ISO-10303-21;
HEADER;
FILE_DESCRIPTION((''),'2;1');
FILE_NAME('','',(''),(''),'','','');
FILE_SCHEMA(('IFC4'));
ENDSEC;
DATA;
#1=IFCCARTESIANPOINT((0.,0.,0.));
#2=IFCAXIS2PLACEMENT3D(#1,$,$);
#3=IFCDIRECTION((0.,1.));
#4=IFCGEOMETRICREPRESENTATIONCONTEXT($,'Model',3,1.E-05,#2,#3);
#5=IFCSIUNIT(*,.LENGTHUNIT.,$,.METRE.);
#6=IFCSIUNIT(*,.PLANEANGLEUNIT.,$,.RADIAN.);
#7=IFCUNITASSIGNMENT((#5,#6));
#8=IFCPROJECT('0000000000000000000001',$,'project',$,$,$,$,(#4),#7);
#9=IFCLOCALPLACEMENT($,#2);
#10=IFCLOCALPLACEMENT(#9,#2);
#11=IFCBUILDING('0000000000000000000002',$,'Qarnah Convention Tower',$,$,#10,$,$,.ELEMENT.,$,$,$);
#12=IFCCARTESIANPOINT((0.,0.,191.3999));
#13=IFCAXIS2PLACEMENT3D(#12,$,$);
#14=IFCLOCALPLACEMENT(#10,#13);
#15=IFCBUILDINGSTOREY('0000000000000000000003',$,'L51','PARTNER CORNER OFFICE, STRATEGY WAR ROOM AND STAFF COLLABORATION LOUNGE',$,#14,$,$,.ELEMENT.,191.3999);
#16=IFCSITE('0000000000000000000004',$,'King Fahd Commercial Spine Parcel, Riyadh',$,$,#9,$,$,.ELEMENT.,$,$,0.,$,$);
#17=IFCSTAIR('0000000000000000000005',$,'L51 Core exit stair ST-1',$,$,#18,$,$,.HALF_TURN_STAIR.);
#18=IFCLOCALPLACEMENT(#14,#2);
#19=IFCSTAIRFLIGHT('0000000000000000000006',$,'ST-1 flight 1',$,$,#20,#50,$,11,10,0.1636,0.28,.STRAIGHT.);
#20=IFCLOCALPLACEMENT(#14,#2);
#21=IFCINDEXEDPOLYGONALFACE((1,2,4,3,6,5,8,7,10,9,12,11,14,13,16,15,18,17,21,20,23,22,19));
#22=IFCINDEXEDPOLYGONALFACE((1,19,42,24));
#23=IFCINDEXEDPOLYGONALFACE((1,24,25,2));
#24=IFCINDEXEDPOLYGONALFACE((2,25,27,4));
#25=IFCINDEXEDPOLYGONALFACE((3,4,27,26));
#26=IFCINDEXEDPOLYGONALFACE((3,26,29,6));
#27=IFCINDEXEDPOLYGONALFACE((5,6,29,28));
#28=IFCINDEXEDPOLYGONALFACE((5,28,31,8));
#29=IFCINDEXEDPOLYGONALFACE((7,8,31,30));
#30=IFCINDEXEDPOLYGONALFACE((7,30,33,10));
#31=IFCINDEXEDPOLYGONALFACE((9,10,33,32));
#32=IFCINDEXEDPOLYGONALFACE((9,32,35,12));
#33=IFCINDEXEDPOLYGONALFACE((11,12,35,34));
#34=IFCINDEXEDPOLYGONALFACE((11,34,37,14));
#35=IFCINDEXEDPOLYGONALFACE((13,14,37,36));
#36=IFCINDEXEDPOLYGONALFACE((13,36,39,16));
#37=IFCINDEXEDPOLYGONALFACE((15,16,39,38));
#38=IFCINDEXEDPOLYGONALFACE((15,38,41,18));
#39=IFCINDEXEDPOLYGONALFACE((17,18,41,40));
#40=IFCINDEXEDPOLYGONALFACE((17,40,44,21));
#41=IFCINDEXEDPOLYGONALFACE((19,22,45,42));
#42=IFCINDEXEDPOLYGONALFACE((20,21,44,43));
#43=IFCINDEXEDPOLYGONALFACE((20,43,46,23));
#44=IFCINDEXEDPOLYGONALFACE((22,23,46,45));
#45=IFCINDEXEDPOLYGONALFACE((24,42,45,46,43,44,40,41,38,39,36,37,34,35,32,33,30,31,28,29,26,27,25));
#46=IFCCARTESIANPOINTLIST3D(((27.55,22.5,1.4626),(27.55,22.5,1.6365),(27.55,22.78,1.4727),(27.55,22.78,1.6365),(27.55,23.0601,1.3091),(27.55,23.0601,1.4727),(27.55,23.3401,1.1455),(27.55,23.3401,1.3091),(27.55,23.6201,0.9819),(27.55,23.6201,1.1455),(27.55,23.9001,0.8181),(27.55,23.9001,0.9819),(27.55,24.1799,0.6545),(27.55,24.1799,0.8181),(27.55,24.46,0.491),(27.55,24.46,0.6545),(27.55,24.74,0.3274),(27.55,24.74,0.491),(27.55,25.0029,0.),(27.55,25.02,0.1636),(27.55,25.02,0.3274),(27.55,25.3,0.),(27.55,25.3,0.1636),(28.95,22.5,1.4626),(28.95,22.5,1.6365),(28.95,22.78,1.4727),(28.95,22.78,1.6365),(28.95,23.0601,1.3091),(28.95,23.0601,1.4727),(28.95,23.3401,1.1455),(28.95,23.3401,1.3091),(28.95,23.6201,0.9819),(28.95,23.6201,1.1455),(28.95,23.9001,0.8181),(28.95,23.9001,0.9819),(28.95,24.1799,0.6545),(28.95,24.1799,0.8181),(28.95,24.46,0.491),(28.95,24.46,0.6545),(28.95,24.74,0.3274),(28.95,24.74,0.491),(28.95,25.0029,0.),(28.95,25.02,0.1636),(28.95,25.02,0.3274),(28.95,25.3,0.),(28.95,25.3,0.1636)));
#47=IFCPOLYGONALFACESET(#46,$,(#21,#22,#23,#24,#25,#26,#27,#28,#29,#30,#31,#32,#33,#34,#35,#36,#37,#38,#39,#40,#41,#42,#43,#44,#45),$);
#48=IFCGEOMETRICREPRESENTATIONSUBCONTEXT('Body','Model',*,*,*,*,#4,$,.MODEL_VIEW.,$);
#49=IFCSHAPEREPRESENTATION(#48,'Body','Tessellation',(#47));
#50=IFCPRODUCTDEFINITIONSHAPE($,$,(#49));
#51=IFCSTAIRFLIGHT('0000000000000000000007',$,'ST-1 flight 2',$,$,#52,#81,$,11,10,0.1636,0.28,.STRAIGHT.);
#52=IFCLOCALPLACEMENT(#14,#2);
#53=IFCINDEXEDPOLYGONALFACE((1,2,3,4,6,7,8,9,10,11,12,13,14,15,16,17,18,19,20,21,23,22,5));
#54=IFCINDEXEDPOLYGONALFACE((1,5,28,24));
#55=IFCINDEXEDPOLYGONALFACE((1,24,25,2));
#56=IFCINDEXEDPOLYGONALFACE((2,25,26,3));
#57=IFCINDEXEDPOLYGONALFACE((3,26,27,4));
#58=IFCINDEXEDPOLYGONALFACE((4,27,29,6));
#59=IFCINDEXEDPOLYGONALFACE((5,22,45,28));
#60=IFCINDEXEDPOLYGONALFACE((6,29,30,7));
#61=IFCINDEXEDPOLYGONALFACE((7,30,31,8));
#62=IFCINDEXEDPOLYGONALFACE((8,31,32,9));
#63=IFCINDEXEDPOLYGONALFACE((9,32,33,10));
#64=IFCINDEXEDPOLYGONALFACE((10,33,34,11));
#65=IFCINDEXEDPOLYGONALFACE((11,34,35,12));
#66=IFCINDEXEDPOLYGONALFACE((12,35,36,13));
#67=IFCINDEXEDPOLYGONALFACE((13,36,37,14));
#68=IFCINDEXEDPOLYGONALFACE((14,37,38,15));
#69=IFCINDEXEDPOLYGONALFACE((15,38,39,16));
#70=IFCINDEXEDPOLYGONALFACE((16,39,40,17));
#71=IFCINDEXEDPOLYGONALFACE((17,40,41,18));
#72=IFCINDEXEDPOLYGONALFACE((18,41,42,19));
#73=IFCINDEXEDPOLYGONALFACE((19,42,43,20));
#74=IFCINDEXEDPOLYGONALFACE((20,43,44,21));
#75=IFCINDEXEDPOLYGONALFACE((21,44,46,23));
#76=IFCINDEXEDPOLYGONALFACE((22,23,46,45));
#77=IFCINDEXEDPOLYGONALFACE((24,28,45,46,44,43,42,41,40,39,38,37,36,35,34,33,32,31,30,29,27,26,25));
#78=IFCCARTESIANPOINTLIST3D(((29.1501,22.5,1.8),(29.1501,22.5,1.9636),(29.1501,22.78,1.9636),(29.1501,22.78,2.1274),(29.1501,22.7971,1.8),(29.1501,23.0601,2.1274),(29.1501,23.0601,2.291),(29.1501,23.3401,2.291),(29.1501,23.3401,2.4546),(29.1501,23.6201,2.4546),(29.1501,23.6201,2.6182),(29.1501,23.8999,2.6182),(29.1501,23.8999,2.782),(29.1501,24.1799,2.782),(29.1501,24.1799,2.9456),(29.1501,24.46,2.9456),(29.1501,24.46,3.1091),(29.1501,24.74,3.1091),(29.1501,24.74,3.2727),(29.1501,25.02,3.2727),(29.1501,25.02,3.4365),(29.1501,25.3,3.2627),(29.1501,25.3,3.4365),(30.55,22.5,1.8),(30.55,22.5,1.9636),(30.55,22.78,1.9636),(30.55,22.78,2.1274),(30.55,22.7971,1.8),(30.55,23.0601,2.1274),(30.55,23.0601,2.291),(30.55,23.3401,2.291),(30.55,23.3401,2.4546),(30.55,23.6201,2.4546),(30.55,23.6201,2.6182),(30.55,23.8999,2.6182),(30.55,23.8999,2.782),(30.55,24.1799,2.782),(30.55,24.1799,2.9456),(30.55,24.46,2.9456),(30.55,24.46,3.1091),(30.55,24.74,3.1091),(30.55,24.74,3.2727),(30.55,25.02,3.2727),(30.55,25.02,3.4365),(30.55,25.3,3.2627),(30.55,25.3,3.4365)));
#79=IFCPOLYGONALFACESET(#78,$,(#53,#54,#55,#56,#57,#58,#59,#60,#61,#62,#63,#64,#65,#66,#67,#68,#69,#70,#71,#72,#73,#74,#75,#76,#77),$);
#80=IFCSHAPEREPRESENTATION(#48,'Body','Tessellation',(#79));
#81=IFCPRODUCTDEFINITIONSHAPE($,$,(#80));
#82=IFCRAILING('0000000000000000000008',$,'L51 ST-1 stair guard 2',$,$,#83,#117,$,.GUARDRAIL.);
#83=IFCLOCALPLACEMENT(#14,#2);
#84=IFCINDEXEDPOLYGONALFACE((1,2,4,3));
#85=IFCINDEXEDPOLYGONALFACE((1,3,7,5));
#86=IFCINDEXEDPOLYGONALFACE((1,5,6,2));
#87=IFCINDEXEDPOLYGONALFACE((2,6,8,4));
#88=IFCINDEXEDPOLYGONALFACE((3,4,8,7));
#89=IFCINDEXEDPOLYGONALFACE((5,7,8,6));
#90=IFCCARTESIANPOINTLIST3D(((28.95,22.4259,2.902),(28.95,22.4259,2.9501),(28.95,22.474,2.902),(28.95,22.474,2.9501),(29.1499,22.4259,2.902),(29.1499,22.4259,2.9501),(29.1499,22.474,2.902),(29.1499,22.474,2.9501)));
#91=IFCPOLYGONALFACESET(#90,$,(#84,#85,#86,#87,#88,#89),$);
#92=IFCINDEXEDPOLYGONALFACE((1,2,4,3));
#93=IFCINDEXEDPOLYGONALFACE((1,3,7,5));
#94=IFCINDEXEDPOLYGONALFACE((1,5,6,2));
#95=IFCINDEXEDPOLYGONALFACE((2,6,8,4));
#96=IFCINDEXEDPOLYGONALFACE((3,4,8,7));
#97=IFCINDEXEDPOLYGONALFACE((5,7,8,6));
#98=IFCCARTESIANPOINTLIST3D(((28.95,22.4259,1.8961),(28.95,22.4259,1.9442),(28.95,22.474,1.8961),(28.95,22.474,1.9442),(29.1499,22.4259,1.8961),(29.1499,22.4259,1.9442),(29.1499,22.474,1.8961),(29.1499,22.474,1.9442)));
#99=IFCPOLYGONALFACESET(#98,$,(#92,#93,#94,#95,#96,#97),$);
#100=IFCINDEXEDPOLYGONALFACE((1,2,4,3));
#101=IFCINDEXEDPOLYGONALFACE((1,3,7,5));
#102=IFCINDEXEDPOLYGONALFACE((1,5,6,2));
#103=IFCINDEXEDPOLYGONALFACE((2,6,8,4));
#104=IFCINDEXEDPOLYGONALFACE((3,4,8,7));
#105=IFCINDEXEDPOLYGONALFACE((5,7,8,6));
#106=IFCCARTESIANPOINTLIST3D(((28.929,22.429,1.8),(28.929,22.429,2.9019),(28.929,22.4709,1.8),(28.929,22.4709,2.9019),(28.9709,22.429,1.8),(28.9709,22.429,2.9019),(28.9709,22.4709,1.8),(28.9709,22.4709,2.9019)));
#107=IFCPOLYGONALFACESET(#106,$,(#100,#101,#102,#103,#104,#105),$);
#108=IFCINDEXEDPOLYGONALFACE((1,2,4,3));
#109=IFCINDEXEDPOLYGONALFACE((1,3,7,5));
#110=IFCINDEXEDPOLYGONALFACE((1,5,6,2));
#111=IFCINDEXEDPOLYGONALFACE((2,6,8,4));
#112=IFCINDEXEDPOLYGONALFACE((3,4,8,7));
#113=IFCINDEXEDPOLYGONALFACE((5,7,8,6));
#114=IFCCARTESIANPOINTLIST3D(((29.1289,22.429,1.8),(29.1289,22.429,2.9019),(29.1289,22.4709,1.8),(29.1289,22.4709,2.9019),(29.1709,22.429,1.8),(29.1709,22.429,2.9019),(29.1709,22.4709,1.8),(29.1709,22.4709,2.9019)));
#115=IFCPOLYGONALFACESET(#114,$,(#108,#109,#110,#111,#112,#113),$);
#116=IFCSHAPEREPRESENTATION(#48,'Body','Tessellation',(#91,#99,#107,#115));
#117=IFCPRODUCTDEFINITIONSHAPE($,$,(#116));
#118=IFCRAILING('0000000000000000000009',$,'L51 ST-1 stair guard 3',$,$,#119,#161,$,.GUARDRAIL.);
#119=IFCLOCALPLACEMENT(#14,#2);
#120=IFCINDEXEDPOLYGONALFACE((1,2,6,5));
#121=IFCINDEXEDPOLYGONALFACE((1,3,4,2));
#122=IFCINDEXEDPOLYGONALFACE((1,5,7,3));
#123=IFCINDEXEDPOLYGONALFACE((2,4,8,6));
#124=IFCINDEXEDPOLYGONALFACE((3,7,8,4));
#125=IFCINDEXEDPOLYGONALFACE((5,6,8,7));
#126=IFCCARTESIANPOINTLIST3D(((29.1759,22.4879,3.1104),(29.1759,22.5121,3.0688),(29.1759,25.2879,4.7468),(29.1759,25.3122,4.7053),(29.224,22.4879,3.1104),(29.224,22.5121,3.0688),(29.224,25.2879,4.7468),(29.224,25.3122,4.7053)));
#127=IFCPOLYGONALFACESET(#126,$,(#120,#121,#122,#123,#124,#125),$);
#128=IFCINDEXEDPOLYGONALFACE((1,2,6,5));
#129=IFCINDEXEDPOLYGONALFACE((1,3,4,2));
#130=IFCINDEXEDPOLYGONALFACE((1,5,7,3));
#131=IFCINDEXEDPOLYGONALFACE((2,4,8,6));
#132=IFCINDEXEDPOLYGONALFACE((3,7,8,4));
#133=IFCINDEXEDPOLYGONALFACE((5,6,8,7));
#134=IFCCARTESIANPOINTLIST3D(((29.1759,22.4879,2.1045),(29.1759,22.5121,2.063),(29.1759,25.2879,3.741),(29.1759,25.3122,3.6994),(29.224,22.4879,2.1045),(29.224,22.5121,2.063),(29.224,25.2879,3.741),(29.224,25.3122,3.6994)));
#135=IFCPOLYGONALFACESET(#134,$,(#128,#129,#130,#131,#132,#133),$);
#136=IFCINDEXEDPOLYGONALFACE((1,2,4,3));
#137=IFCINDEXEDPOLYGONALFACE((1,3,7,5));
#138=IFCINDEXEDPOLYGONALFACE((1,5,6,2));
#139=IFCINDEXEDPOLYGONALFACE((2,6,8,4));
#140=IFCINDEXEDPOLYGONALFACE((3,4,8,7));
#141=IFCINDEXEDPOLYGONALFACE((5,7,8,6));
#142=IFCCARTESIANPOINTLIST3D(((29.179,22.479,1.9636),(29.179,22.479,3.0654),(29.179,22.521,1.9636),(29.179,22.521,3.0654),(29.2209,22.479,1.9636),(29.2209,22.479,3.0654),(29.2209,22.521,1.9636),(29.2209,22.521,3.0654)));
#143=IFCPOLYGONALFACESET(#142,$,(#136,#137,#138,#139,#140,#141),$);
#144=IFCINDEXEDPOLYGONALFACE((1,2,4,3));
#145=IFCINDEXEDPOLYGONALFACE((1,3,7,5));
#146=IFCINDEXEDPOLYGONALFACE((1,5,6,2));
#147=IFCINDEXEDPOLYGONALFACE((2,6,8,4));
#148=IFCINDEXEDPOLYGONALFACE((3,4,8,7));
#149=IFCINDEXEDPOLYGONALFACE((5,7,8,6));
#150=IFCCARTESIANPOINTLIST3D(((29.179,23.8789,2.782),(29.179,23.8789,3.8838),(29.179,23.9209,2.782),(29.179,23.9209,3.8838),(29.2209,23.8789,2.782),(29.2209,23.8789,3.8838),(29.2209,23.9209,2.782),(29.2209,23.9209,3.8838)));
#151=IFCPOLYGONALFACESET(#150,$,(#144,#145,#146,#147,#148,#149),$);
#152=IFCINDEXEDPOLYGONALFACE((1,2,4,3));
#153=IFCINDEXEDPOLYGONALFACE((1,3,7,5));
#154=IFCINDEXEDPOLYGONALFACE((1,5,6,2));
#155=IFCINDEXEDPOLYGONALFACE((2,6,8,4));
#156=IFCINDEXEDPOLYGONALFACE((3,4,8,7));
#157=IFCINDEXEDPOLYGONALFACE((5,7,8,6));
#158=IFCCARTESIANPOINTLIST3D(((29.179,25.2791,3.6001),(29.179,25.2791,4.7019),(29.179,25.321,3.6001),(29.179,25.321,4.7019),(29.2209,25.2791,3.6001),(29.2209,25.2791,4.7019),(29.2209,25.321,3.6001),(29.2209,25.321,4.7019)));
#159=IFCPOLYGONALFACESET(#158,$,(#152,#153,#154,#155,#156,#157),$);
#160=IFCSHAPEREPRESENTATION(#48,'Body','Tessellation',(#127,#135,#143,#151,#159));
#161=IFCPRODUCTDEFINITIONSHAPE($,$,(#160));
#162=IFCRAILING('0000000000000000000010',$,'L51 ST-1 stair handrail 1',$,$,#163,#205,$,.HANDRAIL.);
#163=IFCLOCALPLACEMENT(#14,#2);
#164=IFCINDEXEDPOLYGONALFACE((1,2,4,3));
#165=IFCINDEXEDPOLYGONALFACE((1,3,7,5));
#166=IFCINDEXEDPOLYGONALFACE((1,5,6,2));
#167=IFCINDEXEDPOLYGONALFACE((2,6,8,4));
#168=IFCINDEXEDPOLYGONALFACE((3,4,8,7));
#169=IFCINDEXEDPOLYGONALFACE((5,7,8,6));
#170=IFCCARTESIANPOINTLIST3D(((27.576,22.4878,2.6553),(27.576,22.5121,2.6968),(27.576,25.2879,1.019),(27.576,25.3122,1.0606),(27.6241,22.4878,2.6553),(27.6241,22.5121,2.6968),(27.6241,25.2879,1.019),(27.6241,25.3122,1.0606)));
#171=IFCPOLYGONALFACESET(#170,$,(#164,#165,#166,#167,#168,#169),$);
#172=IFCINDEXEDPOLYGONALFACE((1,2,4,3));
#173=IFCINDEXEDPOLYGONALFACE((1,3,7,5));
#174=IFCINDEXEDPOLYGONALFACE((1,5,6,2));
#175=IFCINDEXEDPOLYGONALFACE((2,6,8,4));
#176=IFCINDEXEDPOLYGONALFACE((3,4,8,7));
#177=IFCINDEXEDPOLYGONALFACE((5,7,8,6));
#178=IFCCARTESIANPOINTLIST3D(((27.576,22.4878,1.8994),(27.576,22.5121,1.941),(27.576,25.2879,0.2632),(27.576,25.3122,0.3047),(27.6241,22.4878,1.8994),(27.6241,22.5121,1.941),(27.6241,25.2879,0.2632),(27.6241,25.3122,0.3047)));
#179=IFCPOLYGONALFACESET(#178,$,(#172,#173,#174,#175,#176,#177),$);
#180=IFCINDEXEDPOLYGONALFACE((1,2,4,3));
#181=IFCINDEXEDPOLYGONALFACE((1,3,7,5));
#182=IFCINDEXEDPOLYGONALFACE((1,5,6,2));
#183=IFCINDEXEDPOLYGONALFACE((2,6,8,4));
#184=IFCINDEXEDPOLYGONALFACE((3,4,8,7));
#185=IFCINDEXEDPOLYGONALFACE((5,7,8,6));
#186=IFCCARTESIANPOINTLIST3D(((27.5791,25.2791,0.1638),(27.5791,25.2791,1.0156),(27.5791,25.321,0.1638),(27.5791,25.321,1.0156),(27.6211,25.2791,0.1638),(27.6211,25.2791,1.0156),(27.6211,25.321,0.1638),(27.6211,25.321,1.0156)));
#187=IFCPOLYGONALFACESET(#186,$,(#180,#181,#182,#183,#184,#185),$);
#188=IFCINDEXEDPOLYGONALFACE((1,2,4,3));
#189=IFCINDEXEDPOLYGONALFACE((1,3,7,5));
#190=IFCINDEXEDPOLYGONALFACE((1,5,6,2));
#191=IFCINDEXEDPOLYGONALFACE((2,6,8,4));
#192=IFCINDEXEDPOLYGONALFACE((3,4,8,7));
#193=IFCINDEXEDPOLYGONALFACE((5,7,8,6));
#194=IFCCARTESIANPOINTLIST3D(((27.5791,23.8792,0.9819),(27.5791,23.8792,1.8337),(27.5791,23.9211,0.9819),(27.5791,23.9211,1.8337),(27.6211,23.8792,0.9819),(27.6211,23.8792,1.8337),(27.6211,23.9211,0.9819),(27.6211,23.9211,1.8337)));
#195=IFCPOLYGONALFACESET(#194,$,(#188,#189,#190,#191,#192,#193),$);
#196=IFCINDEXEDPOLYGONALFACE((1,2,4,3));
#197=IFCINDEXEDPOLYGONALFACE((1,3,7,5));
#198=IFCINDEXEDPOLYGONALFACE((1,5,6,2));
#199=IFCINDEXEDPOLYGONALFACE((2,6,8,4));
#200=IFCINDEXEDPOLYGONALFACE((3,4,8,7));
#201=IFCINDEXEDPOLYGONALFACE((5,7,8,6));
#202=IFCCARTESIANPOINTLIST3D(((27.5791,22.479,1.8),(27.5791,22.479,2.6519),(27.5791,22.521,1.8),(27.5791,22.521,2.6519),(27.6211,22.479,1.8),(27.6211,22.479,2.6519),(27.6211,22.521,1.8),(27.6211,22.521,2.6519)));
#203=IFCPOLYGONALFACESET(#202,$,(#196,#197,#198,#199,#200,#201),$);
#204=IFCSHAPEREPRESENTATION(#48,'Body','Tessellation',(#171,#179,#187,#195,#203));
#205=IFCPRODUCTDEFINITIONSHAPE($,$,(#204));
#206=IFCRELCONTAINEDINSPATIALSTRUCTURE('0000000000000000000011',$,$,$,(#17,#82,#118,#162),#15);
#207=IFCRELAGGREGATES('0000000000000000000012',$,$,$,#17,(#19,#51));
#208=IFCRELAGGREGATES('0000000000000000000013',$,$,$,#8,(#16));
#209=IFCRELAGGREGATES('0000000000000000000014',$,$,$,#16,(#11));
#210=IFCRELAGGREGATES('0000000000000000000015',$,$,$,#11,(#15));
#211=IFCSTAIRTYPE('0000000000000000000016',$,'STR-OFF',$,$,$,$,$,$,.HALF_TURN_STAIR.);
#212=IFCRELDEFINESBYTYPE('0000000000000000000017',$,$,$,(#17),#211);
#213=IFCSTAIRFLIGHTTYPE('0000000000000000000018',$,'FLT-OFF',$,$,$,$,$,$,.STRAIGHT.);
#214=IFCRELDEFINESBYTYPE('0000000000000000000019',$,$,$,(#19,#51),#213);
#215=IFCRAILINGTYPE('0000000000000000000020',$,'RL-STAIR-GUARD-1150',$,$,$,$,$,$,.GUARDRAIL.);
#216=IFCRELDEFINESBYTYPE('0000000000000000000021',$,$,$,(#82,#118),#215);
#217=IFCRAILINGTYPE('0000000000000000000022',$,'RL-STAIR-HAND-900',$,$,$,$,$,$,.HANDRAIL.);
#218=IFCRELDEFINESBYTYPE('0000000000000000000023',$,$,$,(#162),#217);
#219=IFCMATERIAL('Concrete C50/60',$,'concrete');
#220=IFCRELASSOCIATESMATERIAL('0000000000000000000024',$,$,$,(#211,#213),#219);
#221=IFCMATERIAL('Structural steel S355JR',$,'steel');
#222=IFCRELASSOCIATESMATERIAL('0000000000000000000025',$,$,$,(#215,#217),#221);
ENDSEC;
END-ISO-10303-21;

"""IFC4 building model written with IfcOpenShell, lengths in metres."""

from ifc_helpers import new_model, si_unit, direction, frame, origin, origin_2d, place, context, subcontext, project, spatial, polyline, rectangle, outline, extrude, material, type_object, element, aggregate, save


model = new_model("IFC4")

# Units and contexts
model_context = context("Model", 3, precision=1e-05, world=origin(), true_north=direction((0.0, 1.0)))
body_context = subcontext(model_context, "Body", "Model", "MODEL_VIEW")
ifc_project = project(units=[si_unit("LENGTHUNIT", "METRE"), si_unit("PLANEANGLEUNIT", "RADIAN")], contexts=[model_context])

# Site, building, storey
site_placement = place(None, origin())
site = spatial("IfcSite", under=ifc_project, at=site_placement, Name="King Fahd Commercial Spine Parcel, Riyadh", CompositionType="ELEMENT", RefElevation=0.0)
building_placement = place(site_placement, origin())
building = spatial("IfcBuilding", under=site, at=building_placement, Name="Qarnah Convention Tower", CompositionType="ELEMENT")
storey_placement = place(building_placement, frame((0.0, 0.0, 191.3999)))
storey = spatial("IfcBuildingStorey", under=building, at=storey_placement, Name="L51", Description="PARTNER CORNER OFFICE, STRATEGY WAR ROOM AND STAFF COLLABORATION LOUNGE", CompositionType="ELEMENT", Elevation=191.3999)

# Shared definitions
ifc_material_1 = material(Name="Structural steel S355JR", Category="steel")

# Stair, stair flights
ifc_material_2 = material(Name="Concrete C50/60", Category="concrete")
stair_type = type_object("IfcStairType", Name="STR-OFF", PredefinedType="HALF_TURN_STAIR", material=ifc_material_2)
stair_placement = place(storey_placement, origin())
stair = element("IfcStair", 1, at=stair_placement, inside=storey, type_object=stair_type, Name="L51 Core exit stair ST-1", PredefinedType="HALF_TURN_STAIR")
stair_flight_type = type_object("IfcStairFlightType", Name="FLT-OFF", PredefinedType="STRAIGHT", material=ifc_material_2)
stair_flight_1_placement = place(storey_placement, frame((28.25, 25.3, 0.0), z_axis=(0.0, 0.0, 1.0), x_axis=(0.0, -1.0, 0.0)))
stair_flight_1 = element("IfcStairFlight", 2, at=stair_flight_1_placement, type_object=stair_flight_type, Name="ST-1 flight 1", NumberOfRisers=11, NumberOfTreads=10, PredefinedType="STRAIGHT", RiserHeight=0.1636, TreadLength=0.28, context=body_context, shape_type="SweptSolid", body=[
    extrude(outline(polyline([(0.0, 0.0), (0.0, 0.1636), (0.28, 0.1636), (0.28, 0.3274), (0.5601, 0.3274), (0.5601, 0.491), (0.8401, 0.491), (0.8401, 0.6545), (1.1201, 0.6545), (1.1201, 0.8181), (1.3999, 0.8181), (1.3999, 0.9819), (1.6799, 0.9819), (1.6799, 1.1455), (1.96, 1.1455), (1.96, 1.3091), (2.24, 1.3091), (2.24, 1.4727), (2.52, 1.4727), (2.52, 1.6365), (2.8, 1.6365), (2.8, 1.8), (2.8, 1.4626), (0.2971, 0.0), (0.0, 0.0)])), frame((0.0, 0.7, 0.0), z_axis=(0.0, -1.0, 0.0), x_axis=(1.0, 0.0, 0.0)), (0.0, 0.0, 1.0), 1.3999),
])
stair_flight_2_placement = place(storey_placement, frame((29.8501, 22.5, 1.8), z_axis=(0.0, 0.0, 1.0), x_axis=(0.0, 1.0, 0.0)))
stair_flight_2 = element("IfcStairFlight", 3, at=stair_flight_2_placement, type_object=stair_flight_type, Name="ST-1 flight 2", NumberOfRisers=11, NumberOfTreads=10, PredefinedType="STRAIGHT", RiserHeight=0.1636, TreadLength=0.28, context=body_context, shape_type="SweptSolid", body=[
    extrude(outline(polyline([(0.0, 0.0), (0.0, 0.1636), (0.28, 0.1636), (0.28, 0.3274), (0.5601, 0.3274), (0.5601, 0.491), (0.8401, 0.491), (0.8401, 0.6545), (1.1201, 0.6545), (1.1201, 0.8181), (1.3999, 0.8181), (1.3999, 0.9819), (1.6799, 0.9819), (1.6799, 1.1455), (1.96, 1.1455), (1.96, 1.3091), (2.24, 1.3091), (2.24, 1.4727), (2.52, 1.4727), (2.52, 1.6365), (2.8, 1.6365), (2.8, 1.8), (2.8, 1.4626), (0.2971, 0.0), (0.0, 0.0)])), frame((0.0, 0.7, 0.0), z_axis=(0.0, -1.0, 0.0), x_axis=(1.0, 0.0, 0.0)), (0.0, 0.0, 1.0), 1.3999),
])
aggregate(stair, [stair_flight_1, stair_flight_2])

# Railings
railing_type_1 = type_object("IfcRailingType", Name="RL-STAIR-GUARD-1150", PredefinedType="GUARDRAIL", material=ifc_material_1)
railing_1_placement = place(storey_placement, frame((28.95, 22.45, 1.8)))
element("IfcRailing", 4, at=railing_1_placement, inside=storey, type_object=railing_type_1, Name="L51 ST-1 stair guard 2", PredefinedType="GUARDRAIL", context=body_context, shape_type="SweptSolid", body=[
    extrude(rectangle(XDim=0.0481, YDim=0.0481, at=origin_2d()), frame((0.0, 0.0, 1.126), z_axis=(1.0, 0.0, 0.0), x_axis=(0.0, 1.0, 0.0)), (0.0, 0.0, 1.0), 0.2),
    extrude(rectangle(XDim=0.0481, YDim=0.0481, at=origin_2d()), frame((0.0, 0.0, 0.1201), z_axis=(1.0, 0.0, 0.0), x_axis=(0.0, 1.0, 0.0)), (0.0, 0.0, 1.0), 0.2),
    extrude(rectangle(XDim=0.042, YDim=0.042, at=origin_2d()), origin(), (0.0, 0.0, 1.0), 1.1018),
    extrude(rectangle(XDim=0.042, YDim=0.042, at=origin_2d()), frame((0.2, 0.0, 0.0)), (0.0, 0.0, 1.0), 1.1018),
])
railing_2_placement = place(storey_placement, frame((29.2, 22.5, 1.9636)))
element("IfcRailing", 5, at=railing_2_placement, inside=storey, type_object=railing_type_1, Name="L51 ST-1 stair guard 3", PredefinedType="GUARDRAIL", context=body_context, shape_type="SweptSolid", body=[
    extrude(rectangle(XDim=0.0481, YDim=0.0481, at=origin_2d()), frame((0.0, 0.0, 1.126), z_axis=(0.0, 0.863361, 0.504587), x_axis=(-1.0, 0.0, 0.0)), (0.0, 0.0, 1.0), 3.2432),
    extrude(rectangle(XDim=0.0481, YDim=0.0481, at=origin_2d()), frame((0.0, 0.0, 0.1201), z_axis=(0.0, 0.863361, 0.504587), x_axis=(-1.0, 0.0, 0.0)), (0.0, 0.0, 1.0), 3.2432),
    extrude(rectangle(XDim=0.042, YDim=0.042, at=origin_2d()), origin(), (0.0, 0.0, 1.0), 1.1018),
    extrude(rectangle(XDim=0.042, YDim=0.042, at=origin_2d()), frame((0.0, 1.3999, 0.8184)), (0.0, 0.0, 1.0), 1.1018),
    extrude(rectangle(XDim=0.042, YDim=0.042, at=origin_2d()), frame((0.0, 2.8, 1.6365)), (0.0, 0.0, 1.0), 1.1018),
])
railing_type_2 = type_object("IfcRailingType", Name="RL-STAIR-HAND-900", PredefinedType="HANDRAIL", material=ifc_material_1)
railing_3_placement = place(storey_placement, frame((27.6001, 25.3, 0.1638)))
element("IfcRailing", 6, at=railing_3_placement, inside=storey, type_object=railing_type_2, Name="L51 ST-1 stair handrail 1", PredefinedType="HANDRAIL", context=body_context, shape_type="SweptSolid", body=[
    extrude(rectangle(XDim=0.0481, YDim=0.0481, at=origin_2d()), frame((0.0, 0.0, 0.876), z_axis=(0.0, -0.863394, 0.504531), x_axis=(1.0, 0.0, 0.0)), (0.0, 0.0, 1.0), 3.2432),
    extrude(rectangle(XDim=0.0481, YDim=0.0481, at=origin_2d()), frame((0.0, 0.0, 0.1201), z_axis=(0.0, -0.863394, 0.504531), x_axis=(1.0, 0.0, 0.0)), (0.0, 0.0, 1.0), 3.2432),
    extrude(rectangle(XDim=0.042, YDim=0.042, at=origin_2d()), origin(), (0.0, 0.0, 1.0), 0.8518),
    extrude(rectangle(XDim=0.042, YDim=0.042, at=origin_2d()), frame((0.0, -1.3999, 0.8181)), (0.0, 0.0, 1.0), 0.8518),
    extrude(rectangle(XDim=0.042, YDim=0.042, at=origin_2d()), frame((0.0, -2.8, 1.6362)), (0.0, 0.0, 1.0), 0.8518),
])

save(model, "model.ifc")
